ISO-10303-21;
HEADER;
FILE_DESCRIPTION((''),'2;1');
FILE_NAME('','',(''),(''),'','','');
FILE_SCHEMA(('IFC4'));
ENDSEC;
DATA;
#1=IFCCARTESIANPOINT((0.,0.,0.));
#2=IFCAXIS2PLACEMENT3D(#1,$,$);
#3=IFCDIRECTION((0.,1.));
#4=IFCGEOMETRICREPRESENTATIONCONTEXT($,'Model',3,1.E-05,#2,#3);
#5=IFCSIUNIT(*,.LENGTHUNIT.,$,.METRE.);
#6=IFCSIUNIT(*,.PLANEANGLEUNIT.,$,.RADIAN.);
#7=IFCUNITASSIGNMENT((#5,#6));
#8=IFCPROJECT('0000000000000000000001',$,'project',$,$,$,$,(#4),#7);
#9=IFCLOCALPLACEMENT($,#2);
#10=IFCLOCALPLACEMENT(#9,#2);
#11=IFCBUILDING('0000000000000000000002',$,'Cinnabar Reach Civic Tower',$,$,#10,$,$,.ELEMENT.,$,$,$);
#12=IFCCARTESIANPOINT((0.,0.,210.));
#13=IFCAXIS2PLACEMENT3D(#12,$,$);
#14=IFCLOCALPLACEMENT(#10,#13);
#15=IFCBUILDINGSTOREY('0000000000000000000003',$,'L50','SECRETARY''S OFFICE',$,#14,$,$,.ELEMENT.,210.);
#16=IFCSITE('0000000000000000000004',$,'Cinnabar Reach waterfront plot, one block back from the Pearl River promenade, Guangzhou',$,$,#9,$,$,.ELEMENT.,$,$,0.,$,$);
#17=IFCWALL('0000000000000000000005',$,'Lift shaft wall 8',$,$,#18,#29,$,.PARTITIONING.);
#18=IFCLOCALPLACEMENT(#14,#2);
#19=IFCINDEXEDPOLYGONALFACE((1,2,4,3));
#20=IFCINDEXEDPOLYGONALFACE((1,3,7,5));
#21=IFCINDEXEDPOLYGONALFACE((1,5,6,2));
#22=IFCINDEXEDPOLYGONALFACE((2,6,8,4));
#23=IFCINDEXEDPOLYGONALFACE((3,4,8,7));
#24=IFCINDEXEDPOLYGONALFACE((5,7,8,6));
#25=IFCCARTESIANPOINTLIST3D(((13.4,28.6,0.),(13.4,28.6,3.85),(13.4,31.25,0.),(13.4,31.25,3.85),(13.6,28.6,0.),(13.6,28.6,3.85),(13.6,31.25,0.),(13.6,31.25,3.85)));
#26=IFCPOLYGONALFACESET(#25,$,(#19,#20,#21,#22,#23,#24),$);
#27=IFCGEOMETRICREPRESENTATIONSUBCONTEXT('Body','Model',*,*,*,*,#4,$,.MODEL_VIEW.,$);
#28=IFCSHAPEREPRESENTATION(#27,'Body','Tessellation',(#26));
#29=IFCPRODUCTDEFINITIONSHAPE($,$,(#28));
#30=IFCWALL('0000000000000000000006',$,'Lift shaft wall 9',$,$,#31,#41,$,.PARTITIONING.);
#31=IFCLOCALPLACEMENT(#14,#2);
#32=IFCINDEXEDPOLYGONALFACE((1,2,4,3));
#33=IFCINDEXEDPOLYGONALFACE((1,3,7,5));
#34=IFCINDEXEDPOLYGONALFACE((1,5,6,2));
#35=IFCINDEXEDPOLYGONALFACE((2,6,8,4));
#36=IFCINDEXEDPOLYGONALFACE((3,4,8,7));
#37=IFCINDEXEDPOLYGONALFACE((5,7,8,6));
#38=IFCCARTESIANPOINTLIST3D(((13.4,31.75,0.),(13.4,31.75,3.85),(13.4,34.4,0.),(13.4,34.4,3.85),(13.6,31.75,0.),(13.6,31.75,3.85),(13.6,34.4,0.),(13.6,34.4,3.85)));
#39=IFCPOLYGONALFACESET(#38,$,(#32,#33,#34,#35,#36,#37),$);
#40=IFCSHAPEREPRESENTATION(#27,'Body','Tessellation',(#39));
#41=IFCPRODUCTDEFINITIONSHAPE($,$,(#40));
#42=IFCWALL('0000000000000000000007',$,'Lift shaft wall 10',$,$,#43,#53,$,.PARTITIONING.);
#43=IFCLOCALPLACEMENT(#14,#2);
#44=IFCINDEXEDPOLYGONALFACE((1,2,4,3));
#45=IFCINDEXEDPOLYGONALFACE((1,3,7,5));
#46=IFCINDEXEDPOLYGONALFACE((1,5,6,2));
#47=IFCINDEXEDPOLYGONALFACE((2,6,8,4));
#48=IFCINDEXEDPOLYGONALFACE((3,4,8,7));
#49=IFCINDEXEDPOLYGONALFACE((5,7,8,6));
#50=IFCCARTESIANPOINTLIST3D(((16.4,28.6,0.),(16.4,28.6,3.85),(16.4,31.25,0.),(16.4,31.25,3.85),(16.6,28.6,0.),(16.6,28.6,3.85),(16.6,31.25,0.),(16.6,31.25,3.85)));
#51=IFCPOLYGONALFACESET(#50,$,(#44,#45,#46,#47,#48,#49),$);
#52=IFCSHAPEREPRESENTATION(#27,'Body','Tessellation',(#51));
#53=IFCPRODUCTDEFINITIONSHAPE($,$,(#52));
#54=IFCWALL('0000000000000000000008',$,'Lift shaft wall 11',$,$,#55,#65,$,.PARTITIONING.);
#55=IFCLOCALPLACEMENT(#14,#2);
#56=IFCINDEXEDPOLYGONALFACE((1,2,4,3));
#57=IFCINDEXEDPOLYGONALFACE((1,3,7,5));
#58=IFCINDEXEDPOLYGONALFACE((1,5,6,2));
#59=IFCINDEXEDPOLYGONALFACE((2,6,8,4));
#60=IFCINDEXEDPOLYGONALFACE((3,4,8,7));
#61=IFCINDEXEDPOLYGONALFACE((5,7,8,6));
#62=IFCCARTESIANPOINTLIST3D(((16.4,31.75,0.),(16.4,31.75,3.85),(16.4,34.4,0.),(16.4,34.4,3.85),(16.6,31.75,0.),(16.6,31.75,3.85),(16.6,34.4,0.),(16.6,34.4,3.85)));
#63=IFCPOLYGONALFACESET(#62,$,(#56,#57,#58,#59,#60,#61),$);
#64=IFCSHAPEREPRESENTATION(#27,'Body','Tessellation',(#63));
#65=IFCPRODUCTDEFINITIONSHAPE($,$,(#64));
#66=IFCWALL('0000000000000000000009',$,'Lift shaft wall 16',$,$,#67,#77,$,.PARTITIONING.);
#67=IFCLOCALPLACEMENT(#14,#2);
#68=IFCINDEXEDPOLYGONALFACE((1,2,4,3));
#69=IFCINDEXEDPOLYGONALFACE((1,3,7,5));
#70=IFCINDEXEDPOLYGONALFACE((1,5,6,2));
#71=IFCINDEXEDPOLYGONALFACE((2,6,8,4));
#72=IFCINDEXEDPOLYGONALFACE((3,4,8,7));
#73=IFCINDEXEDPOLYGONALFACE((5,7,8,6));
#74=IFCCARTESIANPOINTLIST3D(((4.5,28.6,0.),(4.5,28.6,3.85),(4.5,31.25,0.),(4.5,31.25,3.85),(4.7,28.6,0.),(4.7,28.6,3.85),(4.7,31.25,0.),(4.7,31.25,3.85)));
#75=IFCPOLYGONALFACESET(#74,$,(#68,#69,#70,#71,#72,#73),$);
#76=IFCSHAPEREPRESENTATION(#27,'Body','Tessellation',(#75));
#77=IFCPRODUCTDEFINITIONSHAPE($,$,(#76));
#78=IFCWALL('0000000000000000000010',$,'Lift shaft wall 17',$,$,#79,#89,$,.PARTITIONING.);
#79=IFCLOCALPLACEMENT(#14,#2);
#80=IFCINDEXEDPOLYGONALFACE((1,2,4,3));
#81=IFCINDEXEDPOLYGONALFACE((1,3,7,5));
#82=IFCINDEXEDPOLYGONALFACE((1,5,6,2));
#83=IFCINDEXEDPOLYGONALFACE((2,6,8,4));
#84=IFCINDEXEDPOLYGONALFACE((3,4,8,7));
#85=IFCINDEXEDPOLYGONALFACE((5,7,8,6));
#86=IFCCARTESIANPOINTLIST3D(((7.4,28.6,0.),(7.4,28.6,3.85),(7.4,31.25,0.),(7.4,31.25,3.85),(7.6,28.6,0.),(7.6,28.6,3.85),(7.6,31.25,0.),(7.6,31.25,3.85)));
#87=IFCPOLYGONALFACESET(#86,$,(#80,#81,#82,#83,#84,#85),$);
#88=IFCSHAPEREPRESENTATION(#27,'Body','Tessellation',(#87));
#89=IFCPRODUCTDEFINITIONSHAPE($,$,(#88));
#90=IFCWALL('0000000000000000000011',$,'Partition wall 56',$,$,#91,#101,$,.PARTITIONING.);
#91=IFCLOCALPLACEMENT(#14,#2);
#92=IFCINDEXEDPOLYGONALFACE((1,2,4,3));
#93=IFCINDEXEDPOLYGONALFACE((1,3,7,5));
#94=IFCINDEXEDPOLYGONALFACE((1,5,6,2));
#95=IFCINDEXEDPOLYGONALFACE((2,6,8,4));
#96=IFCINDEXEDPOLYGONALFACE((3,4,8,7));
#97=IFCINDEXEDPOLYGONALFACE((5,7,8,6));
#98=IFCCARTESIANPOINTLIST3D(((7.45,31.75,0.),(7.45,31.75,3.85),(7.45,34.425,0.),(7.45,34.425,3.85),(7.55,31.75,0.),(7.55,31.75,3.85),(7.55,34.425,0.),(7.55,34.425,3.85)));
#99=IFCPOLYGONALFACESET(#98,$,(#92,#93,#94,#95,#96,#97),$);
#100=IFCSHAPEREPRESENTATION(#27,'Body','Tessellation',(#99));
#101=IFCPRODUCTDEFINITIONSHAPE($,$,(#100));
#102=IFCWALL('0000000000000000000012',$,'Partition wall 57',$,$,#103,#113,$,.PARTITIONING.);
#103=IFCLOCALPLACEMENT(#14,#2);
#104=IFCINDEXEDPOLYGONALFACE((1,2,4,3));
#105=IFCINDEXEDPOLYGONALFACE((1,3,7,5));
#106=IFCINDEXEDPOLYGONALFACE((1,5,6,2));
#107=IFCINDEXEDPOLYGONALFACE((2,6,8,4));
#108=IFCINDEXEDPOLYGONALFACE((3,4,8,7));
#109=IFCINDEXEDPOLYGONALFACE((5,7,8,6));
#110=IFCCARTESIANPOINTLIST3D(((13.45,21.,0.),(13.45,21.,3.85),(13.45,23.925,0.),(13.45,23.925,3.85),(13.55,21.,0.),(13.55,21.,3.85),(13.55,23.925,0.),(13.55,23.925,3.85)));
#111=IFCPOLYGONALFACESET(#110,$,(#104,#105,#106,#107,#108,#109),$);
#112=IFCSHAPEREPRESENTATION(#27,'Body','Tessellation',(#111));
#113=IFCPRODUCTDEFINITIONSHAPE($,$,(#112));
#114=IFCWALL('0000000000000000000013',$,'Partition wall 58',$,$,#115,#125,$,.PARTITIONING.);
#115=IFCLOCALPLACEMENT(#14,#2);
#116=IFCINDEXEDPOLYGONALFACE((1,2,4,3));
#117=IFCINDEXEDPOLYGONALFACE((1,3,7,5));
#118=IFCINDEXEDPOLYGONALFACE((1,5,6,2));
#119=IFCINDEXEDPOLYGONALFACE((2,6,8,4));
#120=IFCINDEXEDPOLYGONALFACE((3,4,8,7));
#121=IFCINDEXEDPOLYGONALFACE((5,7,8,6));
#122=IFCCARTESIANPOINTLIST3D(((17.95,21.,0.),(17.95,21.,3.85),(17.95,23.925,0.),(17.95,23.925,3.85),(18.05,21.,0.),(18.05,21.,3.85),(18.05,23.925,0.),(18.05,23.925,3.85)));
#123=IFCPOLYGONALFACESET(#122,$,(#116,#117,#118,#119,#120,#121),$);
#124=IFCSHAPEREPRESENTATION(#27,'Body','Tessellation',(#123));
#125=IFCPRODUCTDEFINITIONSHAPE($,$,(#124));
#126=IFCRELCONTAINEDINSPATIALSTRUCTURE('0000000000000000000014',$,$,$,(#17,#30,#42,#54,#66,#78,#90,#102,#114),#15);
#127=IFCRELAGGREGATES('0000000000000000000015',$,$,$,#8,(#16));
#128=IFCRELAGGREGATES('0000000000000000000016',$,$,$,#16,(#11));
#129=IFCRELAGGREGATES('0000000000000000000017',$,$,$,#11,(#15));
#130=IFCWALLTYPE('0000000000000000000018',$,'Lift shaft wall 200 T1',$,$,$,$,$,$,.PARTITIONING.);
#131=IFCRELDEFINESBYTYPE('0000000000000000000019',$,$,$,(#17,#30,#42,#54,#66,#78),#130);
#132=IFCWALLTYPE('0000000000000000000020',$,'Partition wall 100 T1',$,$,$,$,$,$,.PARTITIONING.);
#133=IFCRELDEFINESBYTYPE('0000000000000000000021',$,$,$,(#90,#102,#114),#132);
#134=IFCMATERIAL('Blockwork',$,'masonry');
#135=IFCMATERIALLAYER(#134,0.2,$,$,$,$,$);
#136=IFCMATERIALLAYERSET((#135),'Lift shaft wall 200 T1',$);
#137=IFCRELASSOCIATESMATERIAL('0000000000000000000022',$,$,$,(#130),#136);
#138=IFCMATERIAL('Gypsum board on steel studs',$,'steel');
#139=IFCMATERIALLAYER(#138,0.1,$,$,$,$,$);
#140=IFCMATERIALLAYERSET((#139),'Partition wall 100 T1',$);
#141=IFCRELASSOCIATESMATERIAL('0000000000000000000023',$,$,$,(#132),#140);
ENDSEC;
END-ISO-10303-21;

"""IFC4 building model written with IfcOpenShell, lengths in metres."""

from ifc_helpers import new_model, si_unit, direction, frame, frame_2d, origin, place, context, subcontext, project, spatial, rectangle, extrude, material, layer, layer_set, type_object, element, save


model = new_model("IFC4")

# Units and contexts
model_context = context("Model", 3, precision=1e-05, world=origin(), true_north=direction((0.0, 1.0)))
body_context = subcontext(model_context, "Body", "Model", "MODEL_VIEW")
ifc_project = project(units=[si_unit("LENGTHUNIT", "METRE"), si_unit("PLANEANGLEUNIT", "RADIAN")], contexts=[model_context])

# Site, building, storey
site_placement = place(None, origin())
site = spatial("IfcSite", under=ifc_project, at=site_placement, Name="Cinnabar Reach waterfront plot, one block back from the Pearl River promenade, Guangzhou", CompositionType="ELEMENT", RefElevation=0.0)
building_placement = place(site_placement, origin())
building = spatial("IfcBuilding", under=site, at=building_placement, Name="Cinnabar Reach Civic Tower", CompositionType="ELEMENT")
storey_placement = place(building_placement, frame((0.0, 0.0, 210.0)))
storey = spatial("IfcBuildingStorey", under=building, at=storey_placement, Name="L50", Description="SECRETARY'S OFFICE", CompositionType="ELEMENT", Elevation=210.0)

# Walls
ifc_material_1 = material(Name="Blockwork", Category="masonry")
ifc_layer_1 = layer(ifc_material_1, 0.2)
ifc_layer_set_1 = layer_set([ifc_layer_1], Name="Lift shaft wall 200 T1")
wall_type_1 = type_object("IfcWallType", Name="Lift shaft wall 200 T1", PredefinedType="PARTITIONING", material=ifc_layer_set_1)
for number, where, z_axis, x_axis, name in (
    (1, (13.5, 28.6, 0.0), (0.0, 0.0, 1.0), (0.0, 1.0, 0.0), "Lift shaft wall 8"),
    (2, (13.5, 31.75, 0.0), (0.0, 0.0, 1.0), (0.0, 1.0, 0.0), "Lift shaft wall 9"),
    (3, (16.5, 28.6, 0.0), (0.0, 0.0, 1.0), (0.0, 1.0, 0.0), "Lift shaft wall 10"),
    (4, (16.5, 31.75, 0.0), (0.0, 0.0, 1.0), (0.0, 1.0, 0.0), "Lift shaft wall 11"),
    (5, (4.6, 28.6, 0.0), (0.0, 0.0, 1.0), (0.0, 1.0, 0.0), "Lift shaft wall 16"),
    (6, (7.5, 28.6, 0.0), (0.0, 0.0, 1.0), (0.0, 1.0, 0.0), "Lift shaft wall 17"),
):
    element("IfcWall", number, at=place(storey_placement, frame(where, z_axis=z_axis, x_axis=x_axis)), inside=storey, type_object=wall_type_1, Name=name, PredefinedType="PARTITIONING", context=body_context, shape_type="SweptSolid", body=[
        extrude(rectangle(XDim=2.65, YDim=0.2, at=frame_2d((1.325, 0.0))), origin(), (0.0, 0.0, 1.0), 3.85),
    ])
ifc_material_2 = material(Name="Gypsum board on steel studs", Category="steel")
ifc_layer_2 = layer(ifc_material_2, 0.1)
ifc_layer_set_2 = layer_set([ifc_layer_2], Name="Partition wall 100 T1")
wall_type_2 = type_object("IfcWallType", Name="Partition wall 100 T1", PredefinedType="PARTITIONING", material=ifc_layer_set_2)
wall_1_placement = place(storey_placement, frame((7.5, 31.75, 0.0), z_axis=(0.0, 0.0, 1.0), x_axis=(0.0, 1.0, 0.0)))
element("IfcWall", 7, at=wall_1_placement, inside=storey, type_object=wall_type_2, Name="Partition wall 56", PredefinedType="PARTITIONING", context=body_context, shape_type="SweptSolid", body=[
    extrude(rectangle(XDim=2.675, YDim=0.1, at=frame_2d((1.3375, 0.0))), origin(), (0.0, 0.0, 1.0), 3.85),
])
for number, where, z_axis, x_axis, name in (
    (8, (13.5, 21.0, 0.0), (0.0, 0.0, 1.0), (0.0, 1.0, 0.0), "Partition wall 57"),
    (9, (18.0, 21.0, 0.0), (0.0, 0.0, 1.0), (0.0, 1.0, 0.0), "Partition wall 58"),
):
    element("IfcWall", number, at=place(storey_placement, frame(where, z_axis=z_axis, x_axis=x_axis)), inside=storey, type_object=wall_type_2, Name=name, PredefinedType="PARTITIONING", context=body_context, shape_type="SweptSolid", body=[
        extrude(rectangle(XDim=2.925, YDim=0.1, at=frame_2d((1.4625, 0.0))), origin(), (0.0, 0.0, 1.0), 3.85),
    ])

save(model, "model.ifc")
